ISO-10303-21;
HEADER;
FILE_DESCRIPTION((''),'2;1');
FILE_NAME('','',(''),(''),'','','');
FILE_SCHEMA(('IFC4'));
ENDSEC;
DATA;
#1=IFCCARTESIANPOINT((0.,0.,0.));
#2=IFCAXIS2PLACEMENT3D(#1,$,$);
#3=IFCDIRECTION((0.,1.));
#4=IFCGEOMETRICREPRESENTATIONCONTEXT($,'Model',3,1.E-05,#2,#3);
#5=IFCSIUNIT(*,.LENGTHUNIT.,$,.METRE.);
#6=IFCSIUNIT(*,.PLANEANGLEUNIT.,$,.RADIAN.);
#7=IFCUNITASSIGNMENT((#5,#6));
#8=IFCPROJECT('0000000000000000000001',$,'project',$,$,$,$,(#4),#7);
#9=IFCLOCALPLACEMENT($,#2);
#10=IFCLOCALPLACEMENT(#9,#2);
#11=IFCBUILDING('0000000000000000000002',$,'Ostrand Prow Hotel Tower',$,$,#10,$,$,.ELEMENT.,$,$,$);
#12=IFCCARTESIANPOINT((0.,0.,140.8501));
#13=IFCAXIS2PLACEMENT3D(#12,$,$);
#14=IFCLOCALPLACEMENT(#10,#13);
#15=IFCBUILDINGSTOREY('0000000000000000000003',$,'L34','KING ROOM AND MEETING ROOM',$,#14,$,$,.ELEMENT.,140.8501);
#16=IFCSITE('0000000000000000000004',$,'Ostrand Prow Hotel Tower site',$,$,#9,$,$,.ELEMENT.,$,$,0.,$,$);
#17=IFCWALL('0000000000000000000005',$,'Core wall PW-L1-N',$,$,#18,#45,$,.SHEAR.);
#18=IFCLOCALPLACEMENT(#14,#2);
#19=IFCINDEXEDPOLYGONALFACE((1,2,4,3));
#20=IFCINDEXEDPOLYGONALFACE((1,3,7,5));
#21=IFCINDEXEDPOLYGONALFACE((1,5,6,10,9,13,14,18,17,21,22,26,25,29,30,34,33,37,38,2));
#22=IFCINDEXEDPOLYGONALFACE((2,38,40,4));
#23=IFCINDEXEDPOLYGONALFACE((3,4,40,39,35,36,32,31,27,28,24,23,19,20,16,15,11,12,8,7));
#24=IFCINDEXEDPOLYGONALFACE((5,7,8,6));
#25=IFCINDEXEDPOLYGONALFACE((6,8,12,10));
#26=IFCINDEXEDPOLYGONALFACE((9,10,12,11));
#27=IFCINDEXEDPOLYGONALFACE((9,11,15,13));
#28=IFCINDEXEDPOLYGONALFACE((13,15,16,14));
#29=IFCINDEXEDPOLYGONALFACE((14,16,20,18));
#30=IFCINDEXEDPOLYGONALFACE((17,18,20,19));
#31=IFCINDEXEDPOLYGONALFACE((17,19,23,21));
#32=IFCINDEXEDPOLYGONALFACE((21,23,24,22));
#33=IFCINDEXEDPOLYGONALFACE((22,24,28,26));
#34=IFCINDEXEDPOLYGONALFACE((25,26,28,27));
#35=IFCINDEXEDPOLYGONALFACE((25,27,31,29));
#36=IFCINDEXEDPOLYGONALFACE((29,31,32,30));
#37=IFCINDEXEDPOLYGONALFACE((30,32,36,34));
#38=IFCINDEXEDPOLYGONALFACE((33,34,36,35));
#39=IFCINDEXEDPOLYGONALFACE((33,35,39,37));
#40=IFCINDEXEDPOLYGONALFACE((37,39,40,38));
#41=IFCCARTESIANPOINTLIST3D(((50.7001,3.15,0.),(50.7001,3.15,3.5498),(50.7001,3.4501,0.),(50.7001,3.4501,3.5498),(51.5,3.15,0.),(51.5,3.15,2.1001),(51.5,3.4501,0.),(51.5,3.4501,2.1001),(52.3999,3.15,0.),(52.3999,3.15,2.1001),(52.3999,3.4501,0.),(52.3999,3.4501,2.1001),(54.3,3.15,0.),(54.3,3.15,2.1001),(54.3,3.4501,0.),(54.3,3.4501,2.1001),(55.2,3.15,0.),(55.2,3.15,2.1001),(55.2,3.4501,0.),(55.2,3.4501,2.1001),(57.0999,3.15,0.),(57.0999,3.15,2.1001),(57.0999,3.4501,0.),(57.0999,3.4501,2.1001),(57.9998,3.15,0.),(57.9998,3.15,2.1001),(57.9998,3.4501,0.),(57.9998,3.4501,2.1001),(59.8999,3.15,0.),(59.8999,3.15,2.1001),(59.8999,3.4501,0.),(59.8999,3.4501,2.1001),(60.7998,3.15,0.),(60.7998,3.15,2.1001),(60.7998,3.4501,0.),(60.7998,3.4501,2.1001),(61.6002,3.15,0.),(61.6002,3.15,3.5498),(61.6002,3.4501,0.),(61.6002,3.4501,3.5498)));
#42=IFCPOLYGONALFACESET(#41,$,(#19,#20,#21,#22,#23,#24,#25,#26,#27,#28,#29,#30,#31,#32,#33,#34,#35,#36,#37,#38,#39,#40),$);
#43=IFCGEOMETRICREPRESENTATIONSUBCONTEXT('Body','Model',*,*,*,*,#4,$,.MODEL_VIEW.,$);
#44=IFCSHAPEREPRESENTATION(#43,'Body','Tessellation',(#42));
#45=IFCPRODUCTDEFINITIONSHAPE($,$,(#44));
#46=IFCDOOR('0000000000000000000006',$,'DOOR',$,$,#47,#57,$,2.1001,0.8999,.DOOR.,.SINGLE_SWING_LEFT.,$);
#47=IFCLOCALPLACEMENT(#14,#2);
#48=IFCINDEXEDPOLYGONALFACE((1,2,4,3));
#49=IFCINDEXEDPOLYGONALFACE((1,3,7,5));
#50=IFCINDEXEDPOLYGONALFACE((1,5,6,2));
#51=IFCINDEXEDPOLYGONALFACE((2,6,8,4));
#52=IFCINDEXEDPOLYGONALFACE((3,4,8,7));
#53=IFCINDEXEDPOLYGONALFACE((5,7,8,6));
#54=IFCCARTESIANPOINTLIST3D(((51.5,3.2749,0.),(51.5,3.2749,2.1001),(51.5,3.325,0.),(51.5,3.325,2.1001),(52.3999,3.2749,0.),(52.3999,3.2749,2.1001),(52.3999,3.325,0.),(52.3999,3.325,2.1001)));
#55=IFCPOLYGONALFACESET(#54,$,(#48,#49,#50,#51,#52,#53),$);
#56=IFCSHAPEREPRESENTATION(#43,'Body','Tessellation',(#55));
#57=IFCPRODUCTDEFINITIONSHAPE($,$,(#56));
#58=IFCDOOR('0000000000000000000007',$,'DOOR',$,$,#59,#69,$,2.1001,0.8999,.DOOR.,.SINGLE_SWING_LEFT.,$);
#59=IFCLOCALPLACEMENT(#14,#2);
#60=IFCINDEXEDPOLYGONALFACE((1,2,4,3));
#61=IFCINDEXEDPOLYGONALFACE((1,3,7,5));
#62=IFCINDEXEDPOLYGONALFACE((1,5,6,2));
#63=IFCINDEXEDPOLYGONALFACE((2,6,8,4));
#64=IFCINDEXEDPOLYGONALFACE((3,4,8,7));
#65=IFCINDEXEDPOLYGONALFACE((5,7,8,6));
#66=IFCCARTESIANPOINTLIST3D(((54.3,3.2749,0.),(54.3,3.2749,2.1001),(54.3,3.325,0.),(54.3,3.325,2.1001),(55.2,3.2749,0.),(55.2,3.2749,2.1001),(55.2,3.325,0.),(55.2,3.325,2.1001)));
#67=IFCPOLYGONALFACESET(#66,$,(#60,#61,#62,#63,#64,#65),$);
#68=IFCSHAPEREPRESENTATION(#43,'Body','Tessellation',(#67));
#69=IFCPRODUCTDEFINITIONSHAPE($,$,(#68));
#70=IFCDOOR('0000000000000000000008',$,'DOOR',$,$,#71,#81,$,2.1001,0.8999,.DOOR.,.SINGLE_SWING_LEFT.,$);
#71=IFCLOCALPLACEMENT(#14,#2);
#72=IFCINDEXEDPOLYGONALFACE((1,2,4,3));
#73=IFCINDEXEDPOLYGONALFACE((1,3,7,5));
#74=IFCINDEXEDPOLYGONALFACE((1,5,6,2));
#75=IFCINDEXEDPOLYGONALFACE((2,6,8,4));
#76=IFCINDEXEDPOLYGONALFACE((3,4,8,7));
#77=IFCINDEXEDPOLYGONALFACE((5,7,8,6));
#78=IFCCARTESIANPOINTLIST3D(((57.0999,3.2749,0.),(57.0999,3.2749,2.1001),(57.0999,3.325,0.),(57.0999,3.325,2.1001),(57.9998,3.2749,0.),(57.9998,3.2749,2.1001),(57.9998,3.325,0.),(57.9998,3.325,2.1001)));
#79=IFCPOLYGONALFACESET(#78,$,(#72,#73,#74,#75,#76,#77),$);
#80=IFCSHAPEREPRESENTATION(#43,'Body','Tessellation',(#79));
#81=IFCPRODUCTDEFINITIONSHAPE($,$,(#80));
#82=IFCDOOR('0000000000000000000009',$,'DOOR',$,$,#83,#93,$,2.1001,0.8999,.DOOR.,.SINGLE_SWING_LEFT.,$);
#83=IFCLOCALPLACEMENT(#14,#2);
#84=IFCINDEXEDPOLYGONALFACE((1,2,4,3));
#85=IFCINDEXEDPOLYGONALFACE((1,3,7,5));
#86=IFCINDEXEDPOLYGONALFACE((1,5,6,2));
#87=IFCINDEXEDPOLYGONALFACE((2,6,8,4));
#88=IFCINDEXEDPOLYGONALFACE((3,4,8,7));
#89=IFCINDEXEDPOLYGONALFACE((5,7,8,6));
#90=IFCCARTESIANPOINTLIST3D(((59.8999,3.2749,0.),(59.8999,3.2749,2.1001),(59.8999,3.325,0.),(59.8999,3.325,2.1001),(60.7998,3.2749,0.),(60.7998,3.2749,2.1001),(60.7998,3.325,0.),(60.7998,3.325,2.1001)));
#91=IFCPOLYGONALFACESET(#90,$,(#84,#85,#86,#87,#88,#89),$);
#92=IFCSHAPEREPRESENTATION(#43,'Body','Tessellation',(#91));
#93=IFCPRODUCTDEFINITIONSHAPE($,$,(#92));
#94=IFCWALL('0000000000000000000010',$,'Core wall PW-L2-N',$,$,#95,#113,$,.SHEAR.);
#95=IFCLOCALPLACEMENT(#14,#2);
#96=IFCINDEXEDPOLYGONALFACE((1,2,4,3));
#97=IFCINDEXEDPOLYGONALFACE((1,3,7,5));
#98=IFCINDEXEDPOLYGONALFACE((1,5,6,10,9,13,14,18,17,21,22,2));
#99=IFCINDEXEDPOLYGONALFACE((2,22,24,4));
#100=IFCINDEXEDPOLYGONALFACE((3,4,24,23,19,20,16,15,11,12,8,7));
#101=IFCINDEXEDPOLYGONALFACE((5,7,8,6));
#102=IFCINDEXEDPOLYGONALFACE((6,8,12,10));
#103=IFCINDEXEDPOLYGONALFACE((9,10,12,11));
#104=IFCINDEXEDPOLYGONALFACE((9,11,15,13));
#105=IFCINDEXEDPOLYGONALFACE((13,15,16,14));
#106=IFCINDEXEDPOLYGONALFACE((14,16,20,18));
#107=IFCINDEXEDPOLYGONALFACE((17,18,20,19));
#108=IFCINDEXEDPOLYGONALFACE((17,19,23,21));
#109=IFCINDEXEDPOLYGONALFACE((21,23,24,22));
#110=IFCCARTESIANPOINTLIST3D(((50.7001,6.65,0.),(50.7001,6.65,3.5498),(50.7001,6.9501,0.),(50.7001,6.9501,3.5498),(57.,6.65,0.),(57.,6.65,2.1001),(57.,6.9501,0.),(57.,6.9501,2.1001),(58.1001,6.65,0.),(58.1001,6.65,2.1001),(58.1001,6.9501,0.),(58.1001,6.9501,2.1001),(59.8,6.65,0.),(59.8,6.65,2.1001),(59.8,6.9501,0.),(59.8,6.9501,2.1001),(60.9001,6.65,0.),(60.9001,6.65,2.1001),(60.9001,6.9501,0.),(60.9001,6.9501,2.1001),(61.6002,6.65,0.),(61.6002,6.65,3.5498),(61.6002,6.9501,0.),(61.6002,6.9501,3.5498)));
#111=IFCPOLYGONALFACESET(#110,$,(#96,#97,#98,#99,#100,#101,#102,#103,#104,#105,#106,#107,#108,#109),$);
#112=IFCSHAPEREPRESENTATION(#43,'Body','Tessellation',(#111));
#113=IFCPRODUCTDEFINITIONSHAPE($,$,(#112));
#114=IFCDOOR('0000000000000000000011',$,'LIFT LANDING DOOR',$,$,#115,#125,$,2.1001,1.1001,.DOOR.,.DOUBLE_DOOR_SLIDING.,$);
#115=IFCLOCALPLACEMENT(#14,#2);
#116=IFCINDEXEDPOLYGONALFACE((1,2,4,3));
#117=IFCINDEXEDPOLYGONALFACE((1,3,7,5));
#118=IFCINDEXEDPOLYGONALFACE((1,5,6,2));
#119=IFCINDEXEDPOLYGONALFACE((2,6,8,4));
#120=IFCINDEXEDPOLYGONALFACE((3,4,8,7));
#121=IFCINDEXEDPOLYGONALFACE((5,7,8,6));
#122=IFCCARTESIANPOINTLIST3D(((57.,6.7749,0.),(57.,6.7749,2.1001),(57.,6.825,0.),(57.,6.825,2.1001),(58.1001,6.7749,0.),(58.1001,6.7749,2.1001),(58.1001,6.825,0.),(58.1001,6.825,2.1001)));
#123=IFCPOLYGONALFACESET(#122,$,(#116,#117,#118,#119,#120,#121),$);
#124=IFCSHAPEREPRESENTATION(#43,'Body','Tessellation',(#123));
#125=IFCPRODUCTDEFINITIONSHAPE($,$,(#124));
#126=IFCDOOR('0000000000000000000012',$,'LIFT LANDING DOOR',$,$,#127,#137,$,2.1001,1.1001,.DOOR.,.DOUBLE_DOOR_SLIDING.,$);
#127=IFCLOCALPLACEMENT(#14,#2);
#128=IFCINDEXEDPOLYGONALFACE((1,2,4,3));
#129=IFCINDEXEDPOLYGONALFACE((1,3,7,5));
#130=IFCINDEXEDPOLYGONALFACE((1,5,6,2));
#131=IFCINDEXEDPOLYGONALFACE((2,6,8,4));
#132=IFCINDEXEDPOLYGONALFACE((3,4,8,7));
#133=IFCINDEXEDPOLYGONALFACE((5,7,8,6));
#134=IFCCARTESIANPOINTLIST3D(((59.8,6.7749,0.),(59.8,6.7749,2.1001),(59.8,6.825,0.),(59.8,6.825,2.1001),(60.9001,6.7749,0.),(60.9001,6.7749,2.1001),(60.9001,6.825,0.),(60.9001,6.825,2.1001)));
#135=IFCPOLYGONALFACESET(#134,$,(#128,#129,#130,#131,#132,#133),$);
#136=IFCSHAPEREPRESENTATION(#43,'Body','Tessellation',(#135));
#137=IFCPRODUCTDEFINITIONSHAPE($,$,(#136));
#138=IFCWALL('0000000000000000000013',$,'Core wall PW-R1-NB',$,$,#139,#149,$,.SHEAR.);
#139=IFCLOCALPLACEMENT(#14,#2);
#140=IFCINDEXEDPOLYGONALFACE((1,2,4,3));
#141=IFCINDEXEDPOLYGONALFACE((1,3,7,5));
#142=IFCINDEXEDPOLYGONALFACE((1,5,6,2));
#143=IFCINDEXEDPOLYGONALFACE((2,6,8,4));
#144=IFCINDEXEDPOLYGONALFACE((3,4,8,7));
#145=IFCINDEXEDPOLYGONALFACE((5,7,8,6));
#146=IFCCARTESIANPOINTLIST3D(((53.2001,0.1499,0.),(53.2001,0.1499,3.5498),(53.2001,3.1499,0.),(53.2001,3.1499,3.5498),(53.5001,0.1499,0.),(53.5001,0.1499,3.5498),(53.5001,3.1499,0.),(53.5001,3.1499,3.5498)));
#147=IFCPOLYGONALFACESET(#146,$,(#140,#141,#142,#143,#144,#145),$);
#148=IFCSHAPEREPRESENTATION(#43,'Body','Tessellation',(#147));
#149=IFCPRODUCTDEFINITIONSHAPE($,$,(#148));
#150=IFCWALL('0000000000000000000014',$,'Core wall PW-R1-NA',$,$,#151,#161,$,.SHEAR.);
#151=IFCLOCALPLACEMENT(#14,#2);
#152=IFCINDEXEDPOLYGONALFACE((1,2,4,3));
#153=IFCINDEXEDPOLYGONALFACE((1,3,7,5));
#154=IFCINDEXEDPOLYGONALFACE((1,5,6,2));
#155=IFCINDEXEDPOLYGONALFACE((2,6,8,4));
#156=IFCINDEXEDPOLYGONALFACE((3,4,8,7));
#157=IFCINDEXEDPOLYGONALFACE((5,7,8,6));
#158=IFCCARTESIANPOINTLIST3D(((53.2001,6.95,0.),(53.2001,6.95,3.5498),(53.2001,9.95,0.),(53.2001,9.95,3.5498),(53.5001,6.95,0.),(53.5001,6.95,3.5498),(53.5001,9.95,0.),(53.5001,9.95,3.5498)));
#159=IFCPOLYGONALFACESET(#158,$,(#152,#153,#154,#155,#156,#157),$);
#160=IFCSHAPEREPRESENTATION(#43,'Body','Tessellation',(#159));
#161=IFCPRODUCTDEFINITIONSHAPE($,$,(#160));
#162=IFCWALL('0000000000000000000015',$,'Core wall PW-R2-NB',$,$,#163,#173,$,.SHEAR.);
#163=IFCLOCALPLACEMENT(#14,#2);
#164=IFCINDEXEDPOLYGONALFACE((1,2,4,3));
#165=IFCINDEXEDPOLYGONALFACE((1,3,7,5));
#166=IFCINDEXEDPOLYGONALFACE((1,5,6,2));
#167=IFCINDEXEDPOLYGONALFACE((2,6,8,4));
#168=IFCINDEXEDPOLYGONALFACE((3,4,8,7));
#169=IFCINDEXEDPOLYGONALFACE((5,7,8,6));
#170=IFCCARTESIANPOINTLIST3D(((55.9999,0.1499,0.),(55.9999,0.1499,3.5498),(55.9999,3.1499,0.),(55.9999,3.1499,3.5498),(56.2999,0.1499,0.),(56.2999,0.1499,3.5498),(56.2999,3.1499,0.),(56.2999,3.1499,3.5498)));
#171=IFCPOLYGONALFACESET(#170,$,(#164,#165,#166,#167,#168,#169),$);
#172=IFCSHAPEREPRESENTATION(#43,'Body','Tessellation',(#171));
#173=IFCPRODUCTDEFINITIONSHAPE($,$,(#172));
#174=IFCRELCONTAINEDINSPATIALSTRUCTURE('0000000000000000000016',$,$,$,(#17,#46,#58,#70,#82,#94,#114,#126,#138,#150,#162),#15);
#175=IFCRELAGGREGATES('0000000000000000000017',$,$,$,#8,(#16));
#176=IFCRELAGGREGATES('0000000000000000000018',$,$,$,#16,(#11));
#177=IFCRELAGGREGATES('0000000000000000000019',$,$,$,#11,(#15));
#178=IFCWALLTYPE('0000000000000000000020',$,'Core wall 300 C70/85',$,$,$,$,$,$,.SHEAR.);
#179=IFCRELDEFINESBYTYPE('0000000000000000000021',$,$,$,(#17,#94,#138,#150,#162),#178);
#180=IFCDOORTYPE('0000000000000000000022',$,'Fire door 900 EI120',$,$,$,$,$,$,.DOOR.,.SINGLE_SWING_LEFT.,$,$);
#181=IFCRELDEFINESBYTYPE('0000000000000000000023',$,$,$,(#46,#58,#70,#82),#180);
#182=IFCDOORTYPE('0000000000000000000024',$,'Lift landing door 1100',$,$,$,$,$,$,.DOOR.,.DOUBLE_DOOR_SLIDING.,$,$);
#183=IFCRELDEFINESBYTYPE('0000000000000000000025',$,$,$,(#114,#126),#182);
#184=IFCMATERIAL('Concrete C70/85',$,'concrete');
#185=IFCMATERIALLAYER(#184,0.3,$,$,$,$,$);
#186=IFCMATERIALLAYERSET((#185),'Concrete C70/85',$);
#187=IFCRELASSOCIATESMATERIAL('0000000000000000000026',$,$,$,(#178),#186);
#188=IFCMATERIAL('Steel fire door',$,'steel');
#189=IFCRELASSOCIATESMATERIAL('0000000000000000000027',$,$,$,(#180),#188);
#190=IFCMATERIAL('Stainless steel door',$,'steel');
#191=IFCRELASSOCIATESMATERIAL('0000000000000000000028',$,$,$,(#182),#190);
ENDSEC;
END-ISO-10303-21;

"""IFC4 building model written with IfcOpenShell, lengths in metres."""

from ifc_helpers import new_model, si_unit, direction, frame, frame_2d, origin, place, context, subcontext, project, spatial, rectangle, extrude, material, layer, layer_set, type_object, element, fill, save


model = new_model("IFC4")

# Units and contexts
model_context = context("Model", 3, precision=1e-05, world=origin(), true_north=direction((0.0, 1.0)))
body_context = subcontext(model_context, "Body", "Model", "MODEL_VIEW")
ifc_project = project(units=[si_unit("LENGTHUNIT", "METRE"), si_unit("PLANEANGLEUNIT", "RADIAN")], contexts=[model_context])

# Site, building, storey
site_placement = place(None, origin())
site = spatial("IfcSite", under=ifc_project, at=site_placement, Name="Ostrand Prow Hotel Tower site", CompositionType="ELEMENT", RefElevation=0.0)
building_placement = place(site_placement, origin())
building = spatial("IfcBuilding", under=site, at=building_placement, Name="Ostrand Prow Hotel Tower", CompositionType="ELEMENT")
storey_placement = place(building_placement, frame((0.0, 0.0, 140.8501)))
storey = spatial("IfcBuildingStorey", under=building, at=storey_placement, Name="L34", Description="KING ROOM AND MEETING ROOM", CompositionType="ELEMENT", Elevation=140.8501)

# Walls, openings, doors
ifc_material_1 = material(Name="Concrete C70/85", Category="concrete")
ifc_layer_1 = layer(ifc_material_1, 0.3)
ifc_layer_set_1 = layer_set([ifc_layer_1], Name="Concrete C70/85")
wall_type_1 = type_object("IfcWallType", Name="Core wall 300 C70/85", PredefinedType="SHEAR", material=ifc_layer_set_1)
wall_1_placement = place(storey_placement, frame((50.7, 3.3, 0.0), z_axis=(0.0, 0.0, 1.0), x_axis=(1.0, 0.0, 0.0)))
wall_1 = element("IfcWall", 1, at=wall_1_placement, inside=storey, type_object=wall_type_1, Name="Core wall PW-L1-N", PredefinedType="SHEAR", context=body_context, shape_type="SweptSolid", body=[
    extrude(rectangle(XDim=10.9001, YDim=0.3, at=frame_2d((5.4502, 0.0))), origin(), (0.0, 0.0, 1.0), 3.5498),
])
opening_1_placement = place(wall_1_placement, frame((0.8, 0.0, 0.0)))
opening_1 = element("IfcOpeningElement", 2, at=opening_1_placement, cuts=wall_1, PredefinedType="OPENING", context=body_context, shape_type="SweptSolid", body=[
    extrude(rectangle(XDim=0.8999, YDim=2.1001, at=frame_2d((0.45, 1.05))), frame((0.0, 0.1599, 0.0), z_axis=(0.0, -1.0, 0.0), x_axis=(1.0, 0.0, 0.0)), (0.0, 0.0, 1.0), 0.3201),
])
opening_2_placement = place(wall_1_placement, frame((3.6001, 0.0, 0.0)))
opening_2 = element("IfcOpeningElement", 3, at=opening_2_placement, cuts=wall_1, PredefinedType="OPENING", context=body_context, shape_type="SweptSolid", body=[
    extrude(rectangle(XDim=0.8999, YDim=2.1001, at=frame_2d((0.45, 1.05))), frame((0.0, 0.1599, 0.0), z_axis=(0.0, -1.0, 0.0), x_axis=(1.0, 0.0, 0.0)), (0.0, 0.0, 1.0), 0.3201),
])
opening_3_placement = place(wall_1_placement, frame((6.3999, 0.0, 0.0)))
opening_3 = element("IfcOpeningElement", 4, at=opening_3_placement, cuts=wall_1, PredefinedType="OPENING", context=body_context, shape_type="SweptSolid", body=[
    extrude(rectangle(XDim=0.8999, YDim=2.1001, at=frame_2d((0.45, 1.05))), frame((0.0, 0.1599, 0.0), z_axis=(0.0, -1.0, 0.0), x_axis=(1.0, 0.0, 0.0)), (0.0, 0.0, 1.0), 0.3201),
])
opening_4_placement = place(wall_1_placement, frame((9.2, 0.0, 0.0)))
opening_4 = element("IfcOpeningElement", 5, at=opening_4_placement, cuts=wall_1, PredefinedType="OPENING", context=body_context, shape_type="SweptSolid", body=[
    extrude(rectangle(XDim=0.8999, YDim=2.1001, at=frame_2d((0.45, 1.05))), frame((0.0, 0.1599, 0.0), z_axis=(0.0, -1.0, 0.0), x_axis=(1.0, 0.0, 0.0)), (0.0, 0.0, 1.0), 0.3201),
])
ifc_material_2 = material(Name="Steel fire door", Category="steel")
door_type_1 = type_object("IfcDoorType", Name="Fire door 900 EI120", OperationType="SINGLE_SWING_LEFT", PredefinedType="DOOR", material=ifc_material_2)
door_1_placement = place(opening_1_placement, origin())
door_1 = element("IfcDoor", 6, at=door_1_placement, inside=storey, type_object=door_type_1, Name="DOOR", OperationType="SINGLE_SWING_LEFT", OverallHeight=2.1001, OverallWidth=0.8999, PredefinedType="DOOR", context=body_context, shape_type="SweptSolid", body=[
    extrude(rectangle(XDim=0.8999, YDim=2.1001, at=frame_2d((0.45, 1.05))), frame((0.0, 0.0249, 0.0), z_axis=(0.0, -1.0, 0.0), x_axis=(1.0, 0.0, 0.0)), (0.0, 0.0, 1.0), 0.05),
])
fill(opening_1, door_1)
door_2_placement = place(opening_2_placement, origin())
door_2 = element("IfcDoor", 7, at=door_2_placement, inside=storey, type_object=door_type_1, Name="DOOR", OperationType="SINGLE_SWING_LEFT", OverallHeight=2.1001, OverallWidth=0.8999, PredefinedType="DOOR", context=body_context, shape_type="SweptSolid", body=[
    extrude(rectangle(XDim=0.8999, YDim=2.1001, at=frame_2d((0.45, 1.05))), frame((0.0, 0.0249, 0.0), z_axis=(0.0, -1.0, 0.0), x_axis=(1.0, 0.0, 0.0)), (0.0, 0.0, 1.0), 0.05),
])
fill(opening_2, door_2)
door_3_placement = place(opening_3_placement, origin())
door_3 = element("IfcDoor", 8, at=door_3_placement, inside=storey, type_object=door_type_1, Name="DOOR", OperationType="SINGLE_SWING_LEFT", OverallHeight=2.1001, OverallWidth=0.8999, PredefinedType="DOOR", context=body_context, shape_type="SweptSolid", body=[
    extrude(rectangle(XDim=0.8999, YDim=2.1001, at=frame_2d((0.45, 1.05))), frame((0.0, 0.0249, 0.0), z_axis=(0.0, -1.0, 0.0), x_axis=(1.0, 0.0, 0.0)), (0.0, 0.0, 1.0), 0.05),
])
fill(opening_3, door_3)
door_4_placement = place(opening_4_placement, origin())
door_4 = element("IfcDoor", 9, at=door_4_placement, inside=storey, type_object=door_type_1, Name="DOOR", OperationType="SINGLE_SWING_LEFT", OverallHeight=2.1001, OverallWidth=0.8999, PredefinedType="DOOR", context=body_context, shape_type="SweptSolid", body=[
    extrude(rectangle(XDim=0.8999, YDim=2.1001, at=frame_2d((0.45, 1.05))), frame((0.0, 0.0249, 0.0), z_axis=(0.0, -1.0, 0.0), x_axis=(1.0, 0.0, 0.0)), (0.0, 0.0, 1.0), 0.05),
])
fill(opening_4, door_4)
wall_2_placement = place(storey_placement, frame((50.7, 6.8, 0.0), z_axis=(0.0, 0.0, 1.0), x_axis=(1.0, 0.0, 0.0)))
wall_2 = element("IfcWall", 10, at=wall_2_placement, inside=storey, type_object=wall_type_1, Name="Core wall PW-L2-N", PredefinedType="SHEAR", context=body_context, shape_type="SweptSolid", body=[
    extrude(rectangle(XDim=10.9001, YDim=0.3, at=frame_2d((5.4502, 0.0))), origin(), (0.0, 0.0, 1.0), 3.5498),
])
opening_5_placement = place(wall_2_placement, frame((6.3, 0.0, 0.0)))
opening_5 = element("IfcOpeningElement", 11, at=opening_5_placement, cuts=wall_2, PredefinedType="OPENING", context=body_context, shape_type="SweptSolid", body=[
    extrude(rectangle(XDim=1.1001, YDim=2.1001, at=frame_2d((0.55, 1.05))), frame((0.0, 0.1599, 0.0), z_axis=(0.0, -1.0, 0.0), x_axis=(1.0, 0.0, 0.0)), (0.0, 0.0, 1.0), 0.3201),
])
opening_6_placement = place(wall_2_placement, frame((9.1001, 0.0, 0.0)))
opening_6 = element("IfcOpeningElement", 12, at=opening_6_placement, cuts=wall_2, PredefinedType="OPENING", context=body_context, shape_type="SweptSolid", body=[
    extrude(rectangle(XDim=1.1001, YDim=2.1001, at=frame_2d((0.55, 1.05))), frame((0.0, 0.1599, 0.0), z_axis=(0.0, -1.0, 0.0), x_axis=(1.0, 0.0, 0.0)), (0.0, 0.0, 1.0), 0.3201),
])
ifc_material_3 = material(Name="Stainless steel door", Category="steel")
door_type_2 = type_object("IfcDoorType", Name="Lift landing door 1100", OperationType="DOUBLE_DOOR_SLIDING", PredefinedType="DOOR", material=ifc_material_3)
door_5_placement = place(opening_5_placement, origin())
door_5 = element("IfcDoor", 13, at=door_5_placement, inside=storey, type_object=door_type_2, Name="LIFT LANDING DOOR", OperationType="DOUBLE_DOOR_SLIDING", OverallHeight=2.1001, OverallWidth=1.1001, PredefinedType="DOOR", context=body_context, shape_type="SweptSolid", body=[
    extrude(rectangle(XDim=1.1001, YDim=2.1001, at=frame_2d((0.55, 1.05))), frame((0.0, 0.0249, 0.0), z_axis=(0.0, -1.0, 0.0), x_axis=(1.0, 0.0, 0.0)), (0.0, 0.0, 1.0), 0.05),
])
fill(opening_5, door_5)
door_6_placement = place(opening_6_placement, origin())
door_6 = element("IfcDoor", 14, at=door_6_placement, inside=storey, type_object=door_type_2, Name="LIFT LANDING DOOR", OperationType="DOUBLE_DOOR_SLIDING", OverallHeight=2.1001, OverallWidth=1.1001, PredefinedType="DOOR", context=body_context, shape_type="SweptSolid", body=[
    extrude(rectangle(XDim=1.1001, YDim=2.1001, at=frame_2d((0.55, 1.05))), frame((0.0, 0.0249, 0.0), z_axis=(0.0, -1.0, 0.0), x_axis=(1.0, 0.0, 0.0)), (0.0, 0.0, 1.0), 0.05),
])
fill(opening_6, door_6)

# Walls
for number, where, z_axis, x_axis, name in (
    (15, (53.3501, 0.1499, 0.0), (0.0, 0.0, 1.0), (0.0, 1.0, 0.0), "Core wall PW-R1-NB"),
    (16, (53.3501, 6.95, 0.0), (0.0, 0.0, 1.0), (0.0, 1.0, 0.0), "Core wall PW-R1-NA"),
    (17, (56.1499, 0.1499, 0.0), (0.0, 0.0, 1.0), (0.0, 1.0, 0.0), "Core wall PW-R2-NB"),
):
    element("IfcWall", number, at=place(storey_placement, frame(where, z_axis=z_axis, x_axis=x_axis)), inside=storey, type_object=wall_type_1, Name=name, PredefinedType="SHEAR", context=body_context, shape_type="SweptSolid", body=[
        extrude(rectangle(XDim=3.0, YDim=0.3, at=frame_2d((1.5, 0.0))), origin(), (0.0, 0.0, 1.0), 3.5498),
    ])

save(model, "model.ifc")
